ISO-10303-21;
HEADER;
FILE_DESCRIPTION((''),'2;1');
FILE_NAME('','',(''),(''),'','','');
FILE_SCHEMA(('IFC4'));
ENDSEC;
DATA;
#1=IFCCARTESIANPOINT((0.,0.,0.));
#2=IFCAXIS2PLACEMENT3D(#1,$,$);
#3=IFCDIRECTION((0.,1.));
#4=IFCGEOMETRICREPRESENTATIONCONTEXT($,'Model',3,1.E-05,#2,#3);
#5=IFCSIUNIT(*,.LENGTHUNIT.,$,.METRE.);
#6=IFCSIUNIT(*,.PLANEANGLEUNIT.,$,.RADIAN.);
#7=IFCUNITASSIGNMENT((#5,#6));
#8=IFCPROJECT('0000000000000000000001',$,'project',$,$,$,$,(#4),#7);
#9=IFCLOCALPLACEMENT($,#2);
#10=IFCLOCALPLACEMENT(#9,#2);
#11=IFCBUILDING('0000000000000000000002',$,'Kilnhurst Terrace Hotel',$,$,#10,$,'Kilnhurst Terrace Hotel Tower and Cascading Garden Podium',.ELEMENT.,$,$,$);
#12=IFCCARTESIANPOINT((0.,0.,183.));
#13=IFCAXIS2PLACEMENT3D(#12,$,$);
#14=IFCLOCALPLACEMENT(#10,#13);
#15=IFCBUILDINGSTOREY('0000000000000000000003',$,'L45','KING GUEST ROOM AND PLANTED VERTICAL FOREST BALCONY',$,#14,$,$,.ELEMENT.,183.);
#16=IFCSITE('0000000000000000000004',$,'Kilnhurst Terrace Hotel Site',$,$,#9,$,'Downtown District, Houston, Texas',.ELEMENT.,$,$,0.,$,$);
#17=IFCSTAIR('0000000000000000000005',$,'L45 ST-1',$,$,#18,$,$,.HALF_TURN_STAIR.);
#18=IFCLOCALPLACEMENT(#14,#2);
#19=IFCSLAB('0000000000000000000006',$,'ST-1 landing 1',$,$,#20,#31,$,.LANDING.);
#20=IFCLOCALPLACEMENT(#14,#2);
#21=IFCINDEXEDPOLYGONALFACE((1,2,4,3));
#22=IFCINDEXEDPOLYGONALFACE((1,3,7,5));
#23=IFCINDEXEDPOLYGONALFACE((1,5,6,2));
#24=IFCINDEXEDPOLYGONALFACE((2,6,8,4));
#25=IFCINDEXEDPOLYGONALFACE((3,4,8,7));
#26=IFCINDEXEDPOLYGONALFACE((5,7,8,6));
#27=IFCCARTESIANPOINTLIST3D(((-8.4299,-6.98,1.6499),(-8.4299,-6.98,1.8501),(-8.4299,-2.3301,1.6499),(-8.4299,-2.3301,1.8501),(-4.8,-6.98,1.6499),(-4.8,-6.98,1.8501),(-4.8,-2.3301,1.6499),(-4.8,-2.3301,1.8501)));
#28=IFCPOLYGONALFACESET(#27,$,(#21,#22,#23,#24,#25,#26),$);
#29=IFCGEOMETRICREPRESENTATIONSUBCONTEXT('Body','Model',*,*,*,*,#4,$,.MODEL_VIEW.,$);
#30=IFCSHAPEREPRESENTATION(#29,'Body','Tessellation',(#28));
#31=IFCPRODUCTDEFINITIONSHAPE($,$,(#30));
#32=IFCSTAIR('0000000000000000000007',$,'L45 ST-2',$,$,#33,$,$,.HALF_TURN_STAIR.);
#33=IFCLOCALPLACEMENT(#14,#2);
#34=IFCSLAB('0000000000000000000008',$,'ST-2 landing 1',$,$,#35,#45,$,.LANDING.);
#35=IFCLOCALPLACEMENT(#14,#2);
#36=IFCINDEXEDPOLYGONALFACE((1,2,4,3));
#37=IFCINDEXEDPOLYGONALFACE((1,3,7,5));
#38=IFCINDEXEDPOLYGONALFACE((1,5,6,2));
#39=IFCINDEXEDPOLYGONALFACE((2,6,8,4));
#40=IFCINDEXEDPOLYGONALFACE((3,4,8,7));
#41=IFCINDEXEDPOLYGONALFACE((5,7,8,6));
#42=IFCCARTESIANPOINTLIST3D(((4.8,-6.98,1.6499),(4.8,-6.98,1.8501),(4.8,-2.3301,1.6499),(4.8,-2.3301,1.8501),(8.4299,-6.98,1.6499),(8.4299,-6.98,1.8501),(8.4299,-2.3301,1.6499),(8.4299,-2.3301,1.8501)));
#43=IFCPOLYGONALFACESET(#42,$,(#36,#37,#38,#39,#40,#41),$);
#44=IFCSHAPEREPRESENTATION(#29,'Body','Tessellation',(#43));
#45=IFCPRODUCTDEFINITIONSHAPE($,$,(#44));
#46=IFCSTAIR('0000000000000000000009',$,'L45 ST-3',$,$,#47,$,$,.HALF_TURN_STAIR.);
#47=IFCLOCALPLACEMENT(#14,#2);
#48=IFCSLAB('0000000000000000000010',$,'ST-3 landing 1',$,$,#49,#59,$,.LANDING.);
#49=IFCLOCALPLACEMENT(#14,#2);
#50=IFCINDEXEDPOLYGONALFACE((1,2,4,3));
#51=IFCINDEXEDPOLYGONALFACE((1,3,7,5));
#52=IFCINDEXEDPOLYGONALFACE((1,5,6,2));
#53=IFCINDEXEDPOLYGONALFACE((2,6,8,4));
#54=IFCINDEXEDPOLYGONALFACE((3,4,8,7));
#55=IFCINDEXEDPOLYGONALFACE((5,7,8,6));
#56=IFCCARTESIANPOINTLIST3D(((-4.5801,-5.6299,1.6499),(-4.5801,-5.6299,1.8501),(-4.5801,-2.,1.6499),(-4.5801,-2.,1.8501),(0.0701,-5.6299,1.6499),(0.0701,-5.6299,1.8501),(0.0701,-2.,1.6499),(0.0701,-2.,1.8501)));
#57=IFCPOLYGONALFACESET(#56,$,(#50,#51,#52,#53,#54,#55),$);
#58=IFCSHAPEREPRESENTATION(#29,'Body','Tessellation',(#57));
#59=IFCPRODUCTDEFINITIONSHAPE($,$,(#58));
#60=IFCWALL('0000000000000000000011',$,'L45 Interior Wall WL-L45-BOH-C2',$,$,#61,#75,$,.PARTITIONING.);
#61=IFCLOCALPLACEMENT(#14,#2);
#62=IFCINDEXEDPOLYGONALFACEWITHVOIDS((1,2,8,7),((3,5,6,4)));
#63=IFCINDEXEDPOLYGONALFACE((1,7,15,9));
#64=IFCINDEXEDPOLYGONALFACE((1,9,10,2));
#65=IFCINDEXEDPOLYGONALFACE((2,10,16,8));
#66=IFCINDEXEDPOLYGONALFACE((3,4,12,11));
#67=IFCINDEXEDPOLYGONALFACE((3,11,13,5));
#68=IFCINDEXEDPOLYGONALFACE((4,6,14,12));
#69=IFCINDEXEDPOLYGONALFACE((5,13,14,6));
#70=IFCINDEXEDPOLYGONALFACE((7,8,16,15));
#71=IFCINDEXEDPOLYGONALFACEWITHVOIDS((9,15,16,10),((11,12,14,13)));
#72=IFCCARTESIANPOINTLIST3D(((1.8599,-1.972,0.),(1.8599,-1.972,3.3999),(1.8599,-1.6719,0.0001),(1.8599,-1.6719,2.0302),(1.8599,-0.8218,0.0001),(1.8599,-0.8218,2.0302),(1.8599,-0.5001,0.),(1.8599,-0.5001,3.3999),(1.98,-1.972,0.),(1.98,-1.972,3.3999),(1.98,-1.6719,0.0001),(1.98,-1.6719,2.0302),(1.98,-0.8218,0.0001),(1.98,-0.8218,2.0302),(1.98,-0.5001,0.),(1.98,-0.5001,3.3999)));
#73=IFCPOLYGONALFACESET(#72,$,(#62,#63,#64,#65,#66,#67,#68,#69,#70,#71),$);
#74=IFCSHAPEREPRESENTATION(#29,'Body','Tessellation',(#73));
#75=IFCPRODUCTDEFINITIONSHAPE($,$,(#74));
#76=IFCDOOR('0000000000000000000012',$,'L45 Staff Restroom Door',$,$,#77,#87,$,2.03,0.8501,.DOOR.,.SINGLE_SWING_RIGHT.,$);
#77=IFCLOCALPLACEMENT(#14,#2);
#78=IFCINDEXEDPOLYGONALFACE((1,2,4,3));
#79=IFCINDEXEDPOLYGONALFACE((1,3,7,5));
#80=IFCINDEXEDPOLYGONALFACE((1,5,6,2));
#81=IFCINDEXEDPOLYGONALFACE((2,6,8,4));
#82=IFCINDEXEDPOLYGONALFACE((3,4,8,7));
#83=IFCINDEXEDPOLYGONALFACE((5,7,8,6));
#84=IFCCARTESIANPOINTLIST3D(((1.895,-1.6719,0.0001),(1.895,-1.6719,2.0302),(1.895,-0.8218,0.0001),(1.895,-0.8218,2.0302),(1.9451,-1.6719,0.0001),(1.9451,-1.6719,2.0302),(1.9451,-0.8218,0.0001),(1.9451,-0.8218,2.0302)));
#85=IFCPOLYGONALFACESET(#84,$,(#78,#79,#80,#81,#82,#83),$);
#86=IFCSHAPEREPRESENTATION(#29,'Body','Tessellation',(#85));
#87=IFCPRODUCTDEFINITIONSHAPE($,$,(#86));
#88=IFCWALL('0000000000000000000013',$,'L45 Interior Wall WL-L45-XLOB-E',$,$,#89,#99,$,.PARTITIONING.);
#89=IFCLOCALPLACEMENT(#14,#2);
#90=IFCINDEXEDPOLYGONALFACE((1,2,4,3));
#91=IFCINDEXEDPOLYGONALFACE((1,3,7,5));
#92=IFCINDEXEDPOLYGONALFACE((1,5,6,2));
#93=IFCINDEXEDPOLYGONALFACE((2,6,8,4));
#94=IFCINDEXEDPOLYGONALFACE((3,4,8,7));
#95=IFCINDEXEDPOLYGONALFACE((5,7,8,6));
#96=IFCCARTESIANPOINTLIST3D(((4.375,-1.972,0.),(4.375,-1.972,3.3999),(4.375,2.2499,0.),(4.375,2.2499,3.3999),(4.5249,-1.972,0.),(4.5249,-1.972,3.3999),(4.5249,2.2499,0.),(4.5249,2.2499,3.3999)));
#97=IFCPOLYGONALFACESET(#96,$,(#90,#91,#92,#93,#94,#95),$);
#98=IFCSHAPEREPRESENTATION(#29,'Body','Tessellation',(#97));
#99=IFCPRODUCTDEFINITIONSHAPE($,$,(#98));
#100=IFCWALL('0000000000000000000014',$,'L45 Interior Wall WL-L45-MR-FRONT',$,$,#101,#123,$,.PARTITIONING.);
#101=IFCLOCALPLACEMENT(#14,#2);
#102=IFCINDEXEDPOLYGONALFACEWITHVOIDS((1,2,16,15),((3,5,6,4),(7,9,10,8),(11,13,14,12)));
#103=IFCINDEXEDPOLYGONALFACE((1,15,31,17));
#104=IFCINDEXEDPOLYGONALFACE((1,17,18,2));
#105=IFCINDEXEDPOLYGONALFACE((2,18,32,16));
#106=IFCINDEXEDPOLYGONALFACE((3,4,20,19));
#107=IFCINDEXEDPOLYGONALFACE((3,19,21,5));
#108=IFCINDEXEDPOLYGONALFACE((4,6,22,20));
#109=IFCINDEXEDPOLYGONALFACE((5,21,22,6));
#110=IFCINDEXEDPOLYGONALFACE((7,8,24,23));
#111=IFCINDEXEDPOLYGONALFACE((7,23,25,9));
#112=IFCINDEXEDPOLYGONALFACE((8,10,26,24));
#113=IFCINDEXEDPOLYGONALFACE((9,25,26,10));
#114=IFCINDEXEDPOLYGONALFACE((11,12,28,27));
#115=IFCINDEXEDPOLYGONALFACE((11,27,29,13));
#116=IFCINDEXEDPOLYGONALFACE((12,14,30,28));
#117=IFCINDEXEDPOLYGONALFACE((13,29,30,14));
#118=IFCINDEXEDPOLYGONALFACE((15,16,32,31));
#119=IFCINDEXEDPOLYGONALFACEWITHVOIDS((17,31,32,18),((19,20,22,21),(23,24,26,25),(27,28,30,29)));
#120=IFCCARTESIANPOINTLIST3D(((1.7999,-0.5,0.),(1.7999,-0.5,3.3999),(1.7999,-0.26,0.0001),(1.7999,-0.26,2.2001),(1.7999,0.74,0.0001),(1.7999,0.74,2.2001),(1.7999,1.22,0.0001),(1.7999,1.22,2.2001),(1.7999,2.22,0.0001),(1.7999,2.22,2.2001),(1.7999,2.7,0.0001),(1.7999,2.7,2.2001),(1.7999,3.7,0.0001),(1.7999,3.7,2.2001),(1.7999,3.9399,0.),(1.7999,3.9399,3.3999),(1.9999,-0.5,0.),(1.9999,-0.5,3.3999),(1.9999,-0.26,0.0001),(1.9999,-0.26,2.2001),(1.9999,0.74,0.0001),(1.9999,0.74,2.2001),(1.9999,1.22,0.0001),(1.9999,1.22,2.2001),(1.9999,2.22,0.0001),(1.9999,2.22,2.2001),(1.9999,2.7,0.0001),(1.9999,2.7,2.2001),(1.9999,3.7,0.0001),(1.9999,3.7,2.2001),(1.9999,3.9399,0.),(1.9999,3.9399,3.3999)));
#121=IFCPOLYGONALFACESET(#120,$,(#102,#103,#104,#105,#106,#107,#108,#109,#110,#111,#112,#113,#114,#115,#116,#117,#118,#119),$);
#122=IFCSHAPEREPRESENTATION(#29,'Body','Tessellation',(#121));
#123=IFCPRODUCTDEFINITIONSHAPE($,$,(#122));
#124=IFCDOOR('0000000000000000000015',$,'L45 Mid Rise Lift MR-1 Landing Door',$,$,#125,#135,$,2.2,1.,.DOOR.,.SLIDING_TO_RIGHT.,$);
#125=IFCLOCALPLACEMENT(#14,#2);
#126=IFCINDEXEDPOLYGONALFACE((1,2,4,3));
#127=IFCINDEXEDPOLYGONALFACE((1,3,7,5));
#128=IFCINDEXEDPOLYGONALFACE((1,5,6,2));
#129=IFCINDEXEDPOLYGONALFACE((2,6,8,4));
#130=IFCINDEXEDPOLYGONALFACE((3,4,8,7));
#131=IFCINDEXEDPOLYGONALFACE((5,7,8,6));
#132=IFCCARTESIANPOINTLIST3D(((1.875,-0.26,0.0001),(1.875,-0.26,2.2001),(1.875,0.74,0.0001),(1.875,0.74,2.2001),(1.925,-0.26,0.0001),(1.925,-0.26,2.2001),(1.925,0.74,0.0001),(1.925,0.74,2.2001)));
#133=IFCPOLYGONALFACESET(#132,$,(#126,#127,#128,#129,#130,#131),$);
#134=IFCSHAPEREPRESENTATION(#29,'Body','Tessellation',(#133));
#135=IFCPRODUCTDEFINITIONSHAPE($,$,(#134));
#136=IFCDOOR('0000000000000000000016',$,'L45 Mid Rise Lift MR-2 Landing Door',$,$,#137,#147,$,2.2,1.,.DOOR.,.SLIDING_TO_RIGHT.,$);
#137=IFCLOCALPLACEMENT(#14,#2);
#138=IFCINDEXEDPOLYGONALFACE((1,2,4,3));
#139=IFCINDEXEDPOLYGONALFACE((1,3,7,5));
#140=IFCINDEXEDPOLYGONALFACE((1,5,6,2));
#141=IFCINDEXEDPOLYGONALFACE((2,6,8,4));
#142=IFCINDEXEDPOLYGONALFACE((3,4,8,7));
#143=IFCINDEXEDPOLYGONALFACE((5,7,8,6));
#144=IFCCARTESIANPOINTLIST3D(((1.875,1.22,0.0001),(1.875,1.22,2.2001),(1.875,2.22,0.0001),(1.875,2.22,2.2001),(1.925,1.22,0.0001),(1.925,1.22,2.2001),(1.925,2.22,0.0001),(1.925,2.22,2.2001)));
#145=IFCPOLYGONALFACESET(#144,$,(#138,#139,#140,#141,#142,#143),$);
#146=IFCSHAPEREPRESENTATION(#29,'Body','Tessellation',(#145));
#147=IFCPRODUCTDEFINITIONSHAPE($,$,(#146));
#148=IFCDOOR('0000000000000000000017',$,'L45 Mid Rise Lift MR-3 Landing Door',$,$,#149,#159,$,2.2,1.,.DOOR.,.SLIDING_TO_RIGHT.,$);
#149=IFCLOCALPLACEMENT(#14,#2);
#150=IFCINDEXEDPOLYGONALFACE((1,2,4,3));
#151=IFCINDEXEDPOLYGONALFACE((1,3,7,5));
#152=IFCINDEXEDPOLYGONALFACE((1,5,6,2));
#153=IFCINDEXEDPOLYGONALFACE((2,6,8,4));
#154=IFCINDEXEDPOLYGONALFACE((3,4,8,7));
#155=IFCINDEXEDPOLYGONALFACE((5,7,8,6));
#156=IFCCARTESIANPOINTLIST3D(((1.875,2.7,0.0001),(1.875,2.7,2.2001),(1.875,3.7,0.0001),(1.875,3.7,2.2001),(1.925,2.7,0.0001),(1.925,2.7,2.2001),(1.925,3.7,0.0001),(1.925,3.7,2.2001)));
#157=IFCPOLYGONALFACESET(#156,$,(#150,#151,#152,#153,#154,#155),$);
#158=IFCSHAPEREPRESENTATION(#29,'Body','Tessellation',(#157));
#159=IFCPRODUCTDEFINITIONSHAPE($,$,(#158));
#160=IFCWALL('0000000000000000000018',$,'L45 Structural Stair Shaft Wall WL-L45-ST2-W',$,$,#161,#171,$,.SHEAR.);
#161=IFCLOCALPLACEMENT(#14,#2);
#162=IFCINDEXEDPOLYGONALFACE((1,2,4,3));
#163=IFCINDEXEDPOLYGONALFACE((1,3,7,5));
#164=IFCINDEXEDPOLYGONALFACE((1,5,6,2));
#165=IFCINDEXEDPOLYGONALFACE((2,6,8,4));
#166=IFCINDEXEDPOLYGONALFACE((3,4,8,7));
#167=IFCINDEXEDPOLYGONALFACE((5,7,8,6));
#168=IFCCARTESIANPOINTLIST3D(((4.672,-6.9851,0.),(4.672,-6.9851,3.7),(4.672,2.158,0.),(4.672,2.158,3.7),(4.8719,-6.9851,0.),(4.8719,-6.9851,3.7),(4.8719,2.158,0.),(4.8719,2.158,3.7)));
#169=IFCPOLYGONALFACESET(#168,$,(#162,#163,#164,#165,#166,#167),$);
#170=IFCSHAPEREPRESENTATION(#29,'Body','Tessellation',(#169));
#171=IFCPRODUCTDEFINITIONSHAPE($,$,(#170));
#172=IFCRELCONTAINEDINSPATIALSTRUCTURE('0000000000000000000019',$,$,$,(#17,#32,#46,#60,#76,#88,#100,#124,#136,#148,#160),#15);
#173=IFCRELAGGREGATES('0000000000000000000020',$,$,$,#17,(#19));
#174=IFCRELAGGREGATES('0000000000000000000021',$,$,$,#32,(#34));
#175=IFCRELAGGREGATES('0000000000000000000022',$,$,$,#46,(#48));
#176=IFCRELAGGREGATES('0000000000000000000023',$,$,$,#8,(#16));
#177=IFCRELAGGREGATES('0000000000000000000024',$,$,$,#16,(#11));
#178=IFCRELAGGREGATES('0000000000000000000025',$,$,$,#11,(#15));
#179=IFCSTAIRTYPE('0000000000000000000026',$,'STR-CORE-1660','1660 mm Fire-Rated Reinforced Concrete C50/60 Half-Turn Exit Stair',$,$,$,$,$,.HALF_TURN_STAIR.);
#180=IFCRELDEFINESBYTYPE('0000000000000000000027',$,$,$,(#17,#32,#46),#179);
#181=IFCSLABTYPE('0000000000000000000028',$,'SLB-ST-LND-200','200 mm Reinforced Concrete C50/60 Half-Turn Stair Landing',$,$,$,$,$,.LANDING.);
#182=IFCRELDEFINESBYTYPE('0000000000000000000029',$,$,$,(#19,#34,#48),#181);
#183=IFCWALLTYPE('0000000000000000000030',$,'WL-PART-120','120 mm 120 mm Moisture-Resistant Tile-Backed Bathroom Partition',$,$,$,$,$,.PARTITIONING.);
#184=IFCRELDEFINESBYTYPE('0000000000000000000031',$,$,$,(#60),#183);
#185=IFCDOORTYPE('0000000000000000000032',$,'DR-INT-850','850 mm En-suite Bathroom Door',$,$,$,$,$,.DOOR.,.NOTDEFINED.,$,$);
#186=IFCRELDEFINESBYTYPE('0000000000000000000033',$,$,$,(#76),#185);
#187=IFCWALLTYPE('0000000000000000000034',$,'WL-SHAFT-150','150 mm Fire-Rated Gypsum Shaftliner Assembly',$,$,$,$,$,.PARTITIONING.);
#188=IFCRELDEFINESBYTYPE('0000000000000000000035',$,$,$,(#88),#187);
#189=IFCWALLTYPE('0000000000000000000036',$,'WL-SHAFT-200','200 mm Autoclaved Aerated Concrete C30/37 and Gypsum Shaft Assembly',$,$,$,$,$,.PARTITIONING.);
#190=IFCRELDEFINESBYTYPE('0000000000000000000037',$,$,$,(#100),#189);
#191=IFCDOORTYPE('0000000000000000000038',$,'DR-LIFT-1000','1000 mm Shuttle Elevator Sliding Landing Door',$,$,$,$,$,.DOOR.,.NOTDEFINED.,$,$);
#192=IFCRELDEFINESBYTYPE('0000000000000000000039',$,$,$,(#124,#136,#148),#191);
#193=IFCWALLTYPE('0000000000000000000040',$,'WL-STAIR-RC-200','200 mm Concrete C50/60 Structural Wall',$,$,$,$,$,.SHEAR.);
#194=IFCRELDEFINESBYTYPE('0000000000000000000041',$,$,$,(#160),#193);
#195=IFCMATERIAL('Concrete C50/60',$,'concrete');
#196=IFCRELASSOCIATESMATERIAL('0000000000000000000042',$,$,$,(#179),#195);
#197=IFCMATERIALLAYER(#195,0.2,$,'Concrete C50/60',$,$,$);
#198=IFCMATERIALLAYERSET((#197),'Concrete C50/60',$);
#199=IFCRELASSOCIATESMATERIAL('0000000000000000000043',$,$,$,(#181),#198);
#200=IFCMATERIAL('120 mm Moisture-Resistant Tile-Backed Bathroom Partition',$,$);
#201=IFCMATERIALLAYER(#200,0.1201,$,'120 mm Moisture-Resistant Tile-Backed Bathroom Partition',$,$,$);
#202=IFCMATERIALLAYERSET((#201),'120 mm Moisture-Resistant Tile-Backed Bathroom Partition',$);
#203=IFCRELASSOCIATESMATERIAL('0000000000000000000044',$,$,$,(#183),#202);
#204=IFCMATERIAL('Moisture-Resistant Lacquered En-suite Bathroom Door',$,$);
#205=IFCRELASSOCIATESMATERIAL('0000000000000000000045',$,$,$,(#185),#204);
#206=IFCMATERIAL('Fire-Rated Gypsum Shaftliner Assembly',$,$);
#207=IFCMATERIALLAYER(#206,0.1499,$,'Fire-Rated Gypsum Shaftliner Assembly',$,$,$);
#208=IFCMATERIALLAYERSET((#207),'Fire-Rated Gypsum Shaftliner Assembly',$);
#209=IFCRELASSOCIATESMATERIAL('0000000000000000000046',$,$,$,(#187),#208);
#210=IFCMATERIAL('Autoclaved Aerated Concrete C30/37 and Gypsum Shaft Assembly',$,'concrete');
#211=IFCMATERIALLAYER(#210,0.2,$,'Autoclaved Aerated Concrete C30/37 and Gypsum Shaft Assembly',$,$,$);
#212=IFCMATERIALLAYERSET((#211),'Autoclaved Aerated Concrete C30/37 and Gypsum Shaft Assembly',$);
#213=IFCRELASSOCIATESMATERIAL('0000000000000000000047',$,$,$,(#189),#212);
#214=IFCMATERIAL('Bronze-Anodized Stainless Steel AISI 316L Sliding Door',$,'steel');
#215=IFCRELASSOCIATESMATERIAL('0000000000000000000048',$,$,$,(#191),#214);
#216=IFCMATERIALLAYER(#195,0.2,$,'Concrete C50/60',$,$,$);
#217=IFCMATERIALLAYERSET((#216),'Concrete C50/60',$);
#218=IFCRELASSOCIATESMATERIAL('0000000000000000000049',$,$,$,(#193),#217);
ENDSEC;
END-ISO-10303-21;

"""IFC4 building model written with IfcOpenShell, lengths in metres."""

from ifc_helpers import new_model, si_unit, direction, frame, frame_2d, origin, place, context, subcontext, project, spatial, polyline, rectangle, outline, extrude, material, layer, layer_set, type_object, element, fill, aggregate, save


model = new_model("IFC4")

# Units and contexts
model_context = context("Model", 3, precision=1e-05, world=origin(), true_north=direction((0.0, 1.0)))
body_context = subcontext(model_context, "Body", "Model", "MODEL_VIEW")
ifc_project = project(units=[si_unit("LENGTHUNIT", "METRE"), si_unit("PLANEANGLEUNIT", "RADIAN")], contexts=[model_context])

# Site, building, storey
site_placement = place(None, origin())
site = spatial("IfcSite", under=ifc_project, at=site_placement, Name="Kilnhurst Terrace Hotel Site", LongName="Downtown District, Houston, Texas", CompositionType="ELEMENT", RefElevation=0.0)
building_placement = place(site_placement, origin())
building = spatial("IfcBuilding", under=site, at=building_placement, Name="Kilnhurst Terrace Hotel", LongName="Kilnhurst Terrace Hotel Tower and Cascading Garden Podium", CompositionType="ELEMENT")
storey_placement = place(building_placement, frame((0.0, 0.0, 183.0)))
storey = spatial("IfcBuildingStorey", under=building, at=storey_placement, Name="L45", Description="KING GUEST ROOM AND PLANTED VERTICAL FOREST BALCONY", CompositionType="ELEMENT", Elevation=183.0)

# Stairs, slabs
ifc_material_1 = material(Name="Concrete C50/60", Category="concrete")
stair_type = type_object("IfcStairType", Name="STR-CORE-1660", Description="1660 mm Fire-Rated Reinforced Concrete C50/60 Half-Turn Exit Stair", PredefinedType="HALF_TURN_STAIR", material=ifc_material_1)
stair_1_placement = place(storey_placement, origin())
stair_1 = element("IfcStair", 1, at=stair_1_placement, inside=storey, type_object=stair_type, Name="L45 ST-1", PredefinedType="HALF_TURN_STAIR")
ifc_layer_1 = layer(ifc_material_1, 0.2, Name="Concrete C50/60")
ifc_layer_set_1 = layer_set([ifc_layer_1], Name="Concrete C50/60")
slab_type = type_object("IfcSlabType", Name="SLB-ST-LND-200", Description="200 mm Reinforced Concrete C50/60 Half-Turn Stair Landing", PredefinedType="LANDING", material=ifc_layer_set_1)
slab_1_placement = place(storey_placement, frame((0.0, 0.0, 1.6499)))
slab_1 = element("IfcSlab", 2, at=slab_1_placement, type_object=slab_type, Name="ST-1 landing 1", PredefinedType="LANDING", context=body_context, shape_type="SweptSolid", body=[
    extrude(outline(polyline([(-8.4299, -2.3301), (-4.8, -2.3301), (-4.8, -6.98), (-8.4299, -6.98), (-8.4299, -2.3301)])), origin(), (0.0, 0.0, 1.0), 0.2002),
])
aggregate(stair_1, [slab_1])
stair_2_placement = place(storey_placement, origin())
stair_2 = element("IfcStair", 3, at=stair_2_placement, inside=storey, type_object=stair_type, Name="L45 ST-2", PredefinedType="HALF_TURN_STAIR")
slab_2_placement = place(storey_placement, frame((0.0, 0.0, 1.6499)))
slab_2 = element("IfcSlab", 4, at=slab_2_placement, type_object=slab_type, Name="ST-2 landing 1", PredefinedType="LANDING", context=body_context, shape_type="SweptSolid", body=[
    extrude(outline(polyline([(4.8, -2.3301), (8.4299, -2.3301), (8.4299, -6.98), (4.8, -6.98), (4.8, -2.3301)])), origin(), (0.0, 0.0, 1.0), 0.2002),
])
stair_3_placement = place(storey_placement, origin())
stair_3 = element("IfcStair", 5, at=stair_3_placement, inside=storey, type_object=stair_type, Name="L45 ST-3", PredefinedType="HALF_TURN_STAIR")
slab_3_placement = place(storey_placement, frame((0.0, 0.0, 1.6499)))
slab_3 = element("IfcSlab", 6, at=slab_3_placement, type_object=slab_type, Name="ST-3 landing 1", PredefinedType="LANDING", context=body_context, shape_type="SweptSolid", body=[
    extrude(outline(polyline([(0.0701, -2.0), (0.0701, -5.6299), (-4.5801, -5.6299), (-4.5801, -2.0), (0.0701, -2.0)])), origin(), (0.0, 0.0, 1.0), 0.2002),
])

# Wall, opening, door
ifc_material_2 = material(Name="120 mm Moisture-Resistant Tile-Backed Bathroom Partition")
ifc_layer_2 = layer(ifc_material_2, 0.1201, Name="120 mm Moisture-Resistant Tile-Backed Bathroom Partition")
ifc_layer_set_2 = layer_set([ifc_layer_2], Name="120 mm Moisture-Resistant Tile-Backed Bathroom Partition")
wall_type_1 = type_object("IfcWallType", Name="WL-PART-120", Description="120 mm 120 mm Moisture-Resistant Tile-Backed Bathroom Partition", PredefinedType="PARTITIONING", material=ifc_layer_set_2)
wall_1_placement = place(storey_placement, frame((1.9199, -1.9719, 0.0), z_axis=(0.0, 0.0, 1.0), x_axis=(0.0, 1.0, 0.0)))
wall_1 = element("IfcWall", 7, at=wall_1_placement, inside=storey, type_object=wall_type_1, Name="L45 Interior Wall WL-L45-BOH-C2", PredefinedType="PARTITIONING", context=body_context, shape_type="SweptSolid", body=[
    extrude(rectangle(XDim=1.4719, YDim=0.1201, at=frame_2d((0.7358, 0.0))), origin(), (0.0, 0.0, 1.0), 3.3999),
])
opening_1_placement = place(wall_1_placement, frame((0.3, 0.0, 0.0)))
opening_1 = element("IfcOpeningElement", 8, at=opening_1_placement, cuts=wall_1, PredefinedType="OPENING", context=body_context, shape_type="SweptSolid", body=[
    extrude(rectangle(XDim=0.8501, YDim=2.03, at=frame_2d((0.425, 1.0151))), frame((0.0, 0.0701, 0.0), z_axis=(0.0, -1.0, 0.0), x_axis=(1.0, 0.0, 0.0)), (0.0, 0.0, 1.0), 0.1401),
])
ifc_material_3 = material(Name="Moisture-Resistant Lacquered En-suite Bathroom Door")
door_type_1 = type_object("IfcDoorType", Name="DR-INT-850", Description="850 mm En-suite Bathroom Door", OperationType="NOTDEFINED", PredefinedType="DOOR", material=ifc_material_3)
door_1_placement = place(opening_1_placement, origin())
door_1 = element("IfcDoor", 9, at=door_1_placement, inside=storey, type_object=door_type_1, Name="L45 Staff Restroom Door", OperationType="SINGLE_SWING_RIGHT", OverallHeight=2.03, OverallWidth=0.8501, PredefinedType="DOOR", context=body_context, shape_type="SweptSolid", body=[
    extrude(rectangle(XDim=0.8501, YDim=2.03, at=frame_2d((0.425, 1.0151))), frame((0.0, 0.0249, 0.0), z_axis=(0.0, -1.0, 0.0), x_axis=(1.0, 0.0, 0.0)), (0.0, 0.0, 1.0), 0.05),
])
fill(opening_1, door_1)

# Wall
ifc_material_4 = material(Name="Fire-Rated Gypsum Shaftliner Assembly")
ifc_layer_3 = layer(ifc_material_4, 0.1499, Name="Fire-Rated Gypsum Shaftliner Assembly")
ifc_layer_set_3 = layer_set([ifc_layer_3], Name="Fire-Rated Gypsum Shaftliner Assembly")
wall_type_2 = type_object("IfcWallType", Name="WL-SHAFT-150", Description="150 mm Fire-Rated Gypsum Shaftliner Assembly", PredefinedType="PARTITIONING", material=ifc_layer_set_3)
wall_2_placement = place(storey_placement, frame((4.45, -1.9719, 0.0), z_axis=(0.0, 0.0, 1.0), x_axis=(0.0, 1.0, 0.0)))
element("IfcWall", 10, at=wall_2_placement, inside=storey, type_object=wall_type_2, Name="L45 Interior Wall WL-L45-XLOB-E", PredefinedType="PARTITIONING", context=body_context, shape_type="SweptSolid", body=[
    extrude(rectangle(XDim=4.2219, YDim=0.1499, at=frame_2d((2.1108, 0.0))), origin(), (0.0, 0.0, 1.0), 3.3999),
])

# Wall, openings, doors
ifc_material_5 = material(Name="Autoclaved Aerated Concrete C30/37 and Gypsum Shaft Assembly", Category="concrete")
ifc_layer_4 = layer(ifc_material_5, 0.2, Name="Autoclaved Aerated Concrete C30/37 and Gypsum Shaft Assembly")
ifc_layer_set_4 = layer_set([ifc_layer_4], Name="Autoclaved Aerated Concrete C30/37 and Gypsum Shaft Assembly")
wall_type_3 = type_object("IfcWallType", Name="WL-SHAFT-200", Description="200 mm Autoclaved Aerated Concrete C30/37 and Gypsum Shaft Assembly", PredefinedType="PARTITIONING", material=ifc_layer_set_4)
wall_3_placement = place(storey_placement, frame((1.8999, -0.5, 0.0), z_axis=(0.0, 0.0, 1.0), x_axis=(0.0, 1.0, 0.0)))
wall_3 = element("IfcWall", 11, at=wall_3_placement, inside=storey, type_object=wall_type_3, Name="L45 Interior Wall WL-L45-MR-FRONT", PredefinedType="PARTITIONING", context=body_context, shape_type="SweptSolid", body=[
    extrude(rectangle(XDim=4.4399, YDim=0.2, at=frame_2d((2.22, 0.0))), origin(), (0.0, 0.0, 1.0), 3.3999),
])
opening_2_placement = place(wall_3_placement, frame((0.24, 0.0, 0.0)))
opening_2 = element("IfcOpeningElement", 12, at=opening_2_placement, cuts=wall_3, PredefinedType="OPENING", context=body_context, shape_type="SweptSolid", body=[
    extrude(rectangle(XDim=1.0, YDim=2.2, at=frame_2d((0.5, 1.1001))), frame((0.0, 0.1099, 0.0), z_axis=(0.0, -1.0, 0.0), x_axis=(1.0, 0.0, 0.0)), (0.0, 0.0, 1.0), 0.22),
])
opening_3_placement = place(wall_3_placement, frame((1.72, 0.0, 0.0)))
opening_3 = element("IfcOpeningElement", 13, at=opening_3_placement, cuts=wall_3, PredefinedType="OPENING", context=body_context, shape_type="SweptSolid", body=[
    extrude(rectangle(XDim=1.0, YDim=2.2, at=frame_2d((0.5, 1.1001))), frame((0.0, 0.1099, 0.0), z_axis=(0.0, -1.0, 0.0), x_axis=(1.0, 0.0, 0.0)), (0.0, 0.0, 1.0), 0.22),
])
opening_4_placement = place(wall_3_placement, frame((3.2, 0.0, 0.0)))
opening_4 = element("IfcOpeningElement", 14, at=opening_4_placement, cuts=wall_3, PredefinedType="OPENING", context=body_context, shape_type="SweptSolid", body=[
    extrude(rectangle(XDim=1.0, YDim=2.2, at=frame_2d((0.5, 1.1001))), frame((0.0, 0.1099, 0.0), z_axis=(0.0, -1.0, 0.0), x_axis=(1.0, 0.0, 0.0)), (0.0, 0.0, 1.0), 0.22),
])
ifc_material_6 = material(Name="Bronze-Anodized Stainless Steel AISI 316L Sliding Door", Category="steel")
door_type_2 = type_object("IfcDoorType", Name="DR-LIFT-1000", Description="1000 mm Shuttle Elevator Sliding Landing Door", OperationType="NOTDEFINED", PredefinedType="DOOR", material=ifc_material_6)
door_2_placement = place(opening_2_placement, origin())
door_2 = element("IfcDoor", 15, at=door_2_placement, inside=storey, type_object=door_type_2, Name="L45 Mid Rise Lift MR-1 Landing Door", OperationType="SLIDING_TO_RIGHT", OverallHeight=2.2, OverallWidth=1.0, PredefinedType="DOOR", context=body_context, shape_type="SweptSolid", body=[
    extrude(rectangle(XDim=1.0, YDim=2.2, at=frame_2d((0.5, 1.1001))), frame((0.0, 0.0249, 0.0), z_axis=(0.0, -1.0, 0.0), x_axis=(1.0, 0.0, 0.0)), (0.0, 0.0, 1.0), 0.05),
])
fill(opening_2, door_2)
door_3_placement = place(opening_3_placement, origin())
door_3 = element("IfcDoor", 16, at=door_3_placement, inside=storey, type_object=door_type_2, Name="L45 Mid Rise Lift MR-2 Landing Door", OperationType="SLIDING_TO_RIGHT", OverallHeight=2.2, OverallWidth=1.0, PredefinedType="DOOR", context=body_context, shape_type="SweptSolid", body=[
    extrude(rectangle(XDim=1.0, YDim=2.2, at=frame_2d((0.5, 1.1001))), frame((0.0, 0.0249, 0.0), z_axis=(0.0, -1.0, 0.0), x_axis=(1.0, 0.0, 0.0)), (0.0, 0.0, 1.0), 0.05),
])
fill(opening_3, door_3)
door_4_placement = place(opening_4_placement, origin())
door_4 = element("IfcDoor", 17, at=door_4_placement, inside=storey, type_object=door_type_2, Name="L45 Mid Rise Lift MR-3 Landing Door", OperationType="SLIDING_TO_RIGHT", OverallHeight=2.2, OverallWidth=1.0, PredefinedType="DOOR", context=body_context, shape_type="SweptSolid", body=[
    extrude(rectangle(XDim=1.0, YDim=2.2, at=frame_2d((0.5, 1.1001))), frame((0.0, 0.0249, 0.0), z_axis=(0.0, -1.0, 0.0), x_axis=(1.0, 0.0, 0.0)), (0.0, 0.0, 1.0), 0.05),
])
fill(opening_4, door_4)

# Wall
ifc_layer_5 = layer(ifc_material_1, 0.2, Name="Concrete C50/60")
ifc_layer_set_5 = layer_set([ifc_layer_5], Name="Concrete C50/60")
wall_type_4 = type_object("IfcWallType", Name="WL-STAIR-RC-200", Description="200 mm Concrete C50/60 Structural Wall", PredefinedType="SHEAR", material=ifc_layer_set_5)
wall_4_placement = place(storey_placement, frame((4.772, -6.9851, 0.0), z_axis=(0.0, 0.0, 1.0), x_axis=(0.0, 1.0, 0.0)))
element("IfcWall", 18, at=wall_4_placement, inside=storey, type_object=wall_type_4, Name="L45 Structural Stair Shaft Wall WL-L45-ST2-W", PredefinedType="SHEAR", context=body_context, shape_type="SweptSolid", body=[
    extrude(rectangle(XDim=9.1431, YDim=0.2, at=frame_2d((4.5715, 0.0))), origin(), (0.0, 0.0, 1.0), 3.7),
])

aggregate(stair_2, [slab_2])
aggregate(stair_3, [slab_3])

save(model, "model.ifc")
